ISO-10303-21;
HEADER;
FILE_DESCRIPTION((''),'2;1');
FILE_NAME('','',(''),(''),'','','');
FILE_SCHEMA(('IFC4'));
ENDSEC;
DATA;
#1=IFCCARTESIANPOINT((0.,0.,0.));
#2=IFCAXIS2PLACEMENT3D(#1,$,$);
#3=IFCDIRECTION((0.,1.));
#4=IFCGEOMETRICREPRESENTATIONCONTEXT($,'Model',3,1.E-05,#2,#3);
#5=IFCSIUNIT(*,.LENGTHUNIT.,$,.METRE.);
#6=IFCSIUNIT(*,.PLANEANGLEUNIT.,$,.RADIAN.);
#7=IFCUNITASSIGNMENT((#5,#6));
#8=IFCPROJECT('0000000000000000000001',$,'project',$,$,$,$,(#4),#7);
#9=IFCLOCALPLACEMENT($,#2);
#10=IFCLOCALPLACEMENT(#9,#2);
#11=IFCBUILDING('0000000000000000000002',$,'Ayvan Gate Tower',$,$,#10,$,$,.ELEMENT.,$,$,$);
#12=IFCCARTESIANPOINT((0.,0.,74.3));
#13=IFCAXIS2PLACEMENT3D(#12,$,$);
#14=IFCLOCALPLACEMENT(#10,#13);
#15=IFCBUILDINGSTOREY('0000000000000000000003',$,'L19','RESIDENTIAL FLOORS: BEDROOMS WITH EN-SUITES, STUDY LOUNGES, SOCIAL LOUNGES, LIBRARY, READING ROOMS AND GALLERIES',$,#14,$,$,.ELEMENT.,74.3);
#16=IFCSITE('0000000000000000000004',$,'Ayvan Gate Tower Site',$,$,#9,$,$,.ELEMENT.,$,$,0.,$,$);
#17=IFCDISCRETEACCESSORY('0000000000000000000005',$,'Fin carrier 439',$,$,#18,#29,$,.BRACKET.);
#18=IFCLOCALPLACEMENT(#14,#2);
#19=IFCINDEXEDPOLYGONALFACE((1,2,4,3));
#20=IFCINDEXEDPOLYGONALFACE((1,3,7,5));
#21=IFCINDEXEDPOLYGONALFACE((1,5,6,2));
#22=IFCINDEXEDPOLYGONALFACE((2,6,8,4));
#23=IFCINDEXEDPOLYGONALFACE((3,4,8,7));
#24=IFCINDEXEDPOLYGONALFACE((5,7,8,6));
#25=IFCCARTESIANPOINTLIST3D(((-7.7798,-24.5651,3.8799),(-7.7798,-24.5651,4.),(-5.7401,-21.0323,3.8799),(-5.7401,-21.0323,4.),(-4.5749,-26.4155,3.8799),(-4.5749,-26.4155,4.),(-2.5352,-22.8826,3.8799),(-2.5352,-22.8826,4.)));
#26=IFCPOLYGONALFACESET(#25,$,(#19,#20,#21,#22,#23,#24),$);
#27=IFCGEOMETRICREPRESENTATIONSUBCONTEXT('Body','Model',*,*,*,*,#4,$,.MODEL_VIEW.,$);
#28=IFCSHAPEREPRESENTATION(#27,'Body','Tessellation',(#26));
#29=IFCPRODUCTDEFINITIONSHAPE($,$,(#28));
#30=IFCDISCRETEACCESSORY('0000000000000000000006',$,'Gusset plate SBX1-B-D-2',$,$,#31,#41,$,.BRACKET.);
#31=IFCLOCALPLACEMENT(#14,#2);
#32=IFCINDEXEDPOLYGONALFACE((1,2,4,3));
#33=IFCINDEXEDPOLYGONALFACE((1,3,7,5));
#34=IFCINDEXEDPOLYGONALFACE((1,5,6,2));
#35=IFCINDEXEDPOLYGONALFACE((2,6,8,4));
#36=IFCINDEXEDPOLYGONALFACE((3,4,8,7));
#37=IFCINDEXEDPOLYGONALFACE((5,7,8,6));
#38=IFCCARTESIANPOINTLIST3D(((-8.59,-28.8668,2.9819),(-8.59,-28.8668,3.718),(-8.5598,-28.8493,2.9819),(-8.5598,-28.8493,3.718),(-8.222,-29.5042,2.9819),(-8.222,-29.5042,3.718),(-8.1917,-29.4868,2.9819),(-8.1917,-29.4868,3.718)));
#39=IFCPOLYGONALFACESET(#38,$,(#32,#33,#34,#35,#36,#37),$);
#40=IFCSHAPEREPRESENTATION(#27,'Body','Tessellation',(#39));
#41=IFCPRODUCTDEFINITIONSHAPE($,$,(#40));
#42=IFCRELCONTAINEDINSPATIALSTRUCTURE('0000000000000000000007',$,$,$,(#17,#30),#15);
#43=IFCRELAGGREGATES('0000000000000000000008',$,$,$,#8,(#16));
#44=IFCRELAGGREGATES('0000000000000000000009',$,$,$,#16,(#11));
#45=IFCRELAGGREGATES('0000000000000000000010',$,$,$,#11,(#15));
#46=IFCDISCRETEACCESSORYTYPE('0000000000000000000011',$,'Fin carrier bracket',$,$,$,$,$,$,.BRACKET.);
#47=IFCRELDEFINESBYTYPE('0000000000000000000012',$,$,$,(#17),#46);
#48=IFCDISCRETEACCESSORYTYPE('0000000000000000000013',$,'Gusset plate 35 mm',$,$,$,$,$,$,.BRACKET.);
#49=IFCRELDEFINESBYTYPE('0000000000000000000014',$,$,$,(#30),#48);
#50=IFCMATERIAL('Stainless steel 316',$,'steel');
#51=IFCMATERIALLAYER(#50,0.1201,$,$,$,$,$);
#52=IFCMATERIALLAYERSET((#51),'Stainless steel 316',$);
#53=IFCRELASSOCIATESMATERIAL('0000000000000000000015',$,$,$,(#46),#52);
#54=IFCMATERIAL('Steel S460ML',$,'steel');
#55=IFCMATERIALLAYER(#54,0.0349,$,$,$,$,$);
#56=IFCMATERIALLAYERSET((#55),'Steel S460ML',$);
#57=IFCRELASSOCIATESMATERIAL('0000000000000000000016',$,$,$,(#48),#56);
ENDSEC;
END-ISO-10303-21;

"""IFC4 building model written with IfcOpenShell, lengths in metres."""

from ifc_helpers import new_model, si_unit, direction, frame, origin, origin_2d, place, context, subcontext, project, spatial, rectangle, extrude, material, layer, layer_set, type_object, element, save


model = new_model("IFC4")

# Units and contexts
model_context = context("Model", 3, precision=1e-05, world=origin(), true_north=direction((0.0, 1.0)))
body_context = subcontext(model_context, "Body", "Model", "MODEL_VIEW")
ifc_project = project(units=[si_unit("LENGTHUNIT", "METRE"), si_unit("PLANEANGLEUNIT", "RADIAN")], contexts=[model_context])

# Site, building, storey
site_placement = place(None, origin())
site = spatial("IfcSite", under=ifc_project, at=site_placement, Name="Ayvan Gate Tower Site", CompositionType="ELEMENT", RefElevation=0.0)
building_placement = place(site_placement, origin())
building = spatial("IfcBuilding", under=site, at=building_placement, Name="Ayvan Gate Tower", CompositionType="ELEMENT")
storey_placement = place(building_placement, frame((0.0, 0.0, 74.3)))
storey = spatial("IfcBuildingStorey", under=building, at=storey_placement, Name="L19", Description="RESIDENTIAL FLOORS: BEDROOMS WITH EN-SUITES, STUDY LOUNGES, SOCIAL LOUNGES, LIBRARY, READING ROOMS AND GALLERIES", CompositionType="ELEMENT", Elevation=74.3)

# Shared definitions
ifc_material_1 = material(Name="Steel S460ML", Category="steel")

# Discrete accessories
ifc_material_2 = material(Name="Stainless steel 316", Category="steel")
ifc_layer_1 = layer(ifc_material_2, 0.1201)
ifc_layer_set_1 = layer_set([ifc_layer_1], Name="Stainless steel 316")
discrete_accessory_type_1 = type_object("IfcDiscreteAccessoryType", Name="Fin carrier bracket", PredefinedType="BRACKET", material=ifc_layer_set_1)
discrete_accessory_1_placement = place(storey_placement, frame((-5.1575, -23.7239, 3.8799), z_axis=(0.0, 0.0, 1.0), x_axis=(0.866025, -0.5, 0.0)))
element("IfcDiscreteAccessory", 1, at=discrete_accessory_1_placement, inside=storey, type_object=discrete_accessory_type_1, Name="Fin carrier 439", PredefinedType="BRACKET", context=body_context, shape_type="SweptSolid", body=[
    extrude(rectangle(XDim=3.7007, YDim=4.0793, at=origin_2d()), origin(), (0.0, 0.0, 1.0), 0.1201),
])
ifc_layer_2 = layer(ifc_material_1, 0.0349)
ifc_layer_set_2 = layer_set([ifc_layer_2], Name="Steel S460ML")
discrete_accessory_type_2 = type_object("IfcDiscreteAccessoryType", Name="Gusset plate 35 mm", PredefinedType="BRACKET", material=ifc_layer_set_2)
discrete_accessory_2_placement = place(storey_placement, frame((-8.3909, -29.1768, 2.9819), z_axis=(0.0, 0.0, 1.0), x_axis=(-0.5, 0.866025, 0.0)))
element("IfcDiscreteAccessory", 2, at=discrete_accessory_2_placement, inside=storey, type_object=discrete_accessory_type_2, Name="Gusset plate SBX1-B-D-2", PredefinedType="BRACKET", context=body_context, shape_type="SweptSolid", body=[
    extrude(rectangle(XDim=0.7361, YDim=0.0349, at=origin_2d()), origin(), (0.0, 0.0, 1.0), 0.7361),
])

save(model, "model.ifc")
